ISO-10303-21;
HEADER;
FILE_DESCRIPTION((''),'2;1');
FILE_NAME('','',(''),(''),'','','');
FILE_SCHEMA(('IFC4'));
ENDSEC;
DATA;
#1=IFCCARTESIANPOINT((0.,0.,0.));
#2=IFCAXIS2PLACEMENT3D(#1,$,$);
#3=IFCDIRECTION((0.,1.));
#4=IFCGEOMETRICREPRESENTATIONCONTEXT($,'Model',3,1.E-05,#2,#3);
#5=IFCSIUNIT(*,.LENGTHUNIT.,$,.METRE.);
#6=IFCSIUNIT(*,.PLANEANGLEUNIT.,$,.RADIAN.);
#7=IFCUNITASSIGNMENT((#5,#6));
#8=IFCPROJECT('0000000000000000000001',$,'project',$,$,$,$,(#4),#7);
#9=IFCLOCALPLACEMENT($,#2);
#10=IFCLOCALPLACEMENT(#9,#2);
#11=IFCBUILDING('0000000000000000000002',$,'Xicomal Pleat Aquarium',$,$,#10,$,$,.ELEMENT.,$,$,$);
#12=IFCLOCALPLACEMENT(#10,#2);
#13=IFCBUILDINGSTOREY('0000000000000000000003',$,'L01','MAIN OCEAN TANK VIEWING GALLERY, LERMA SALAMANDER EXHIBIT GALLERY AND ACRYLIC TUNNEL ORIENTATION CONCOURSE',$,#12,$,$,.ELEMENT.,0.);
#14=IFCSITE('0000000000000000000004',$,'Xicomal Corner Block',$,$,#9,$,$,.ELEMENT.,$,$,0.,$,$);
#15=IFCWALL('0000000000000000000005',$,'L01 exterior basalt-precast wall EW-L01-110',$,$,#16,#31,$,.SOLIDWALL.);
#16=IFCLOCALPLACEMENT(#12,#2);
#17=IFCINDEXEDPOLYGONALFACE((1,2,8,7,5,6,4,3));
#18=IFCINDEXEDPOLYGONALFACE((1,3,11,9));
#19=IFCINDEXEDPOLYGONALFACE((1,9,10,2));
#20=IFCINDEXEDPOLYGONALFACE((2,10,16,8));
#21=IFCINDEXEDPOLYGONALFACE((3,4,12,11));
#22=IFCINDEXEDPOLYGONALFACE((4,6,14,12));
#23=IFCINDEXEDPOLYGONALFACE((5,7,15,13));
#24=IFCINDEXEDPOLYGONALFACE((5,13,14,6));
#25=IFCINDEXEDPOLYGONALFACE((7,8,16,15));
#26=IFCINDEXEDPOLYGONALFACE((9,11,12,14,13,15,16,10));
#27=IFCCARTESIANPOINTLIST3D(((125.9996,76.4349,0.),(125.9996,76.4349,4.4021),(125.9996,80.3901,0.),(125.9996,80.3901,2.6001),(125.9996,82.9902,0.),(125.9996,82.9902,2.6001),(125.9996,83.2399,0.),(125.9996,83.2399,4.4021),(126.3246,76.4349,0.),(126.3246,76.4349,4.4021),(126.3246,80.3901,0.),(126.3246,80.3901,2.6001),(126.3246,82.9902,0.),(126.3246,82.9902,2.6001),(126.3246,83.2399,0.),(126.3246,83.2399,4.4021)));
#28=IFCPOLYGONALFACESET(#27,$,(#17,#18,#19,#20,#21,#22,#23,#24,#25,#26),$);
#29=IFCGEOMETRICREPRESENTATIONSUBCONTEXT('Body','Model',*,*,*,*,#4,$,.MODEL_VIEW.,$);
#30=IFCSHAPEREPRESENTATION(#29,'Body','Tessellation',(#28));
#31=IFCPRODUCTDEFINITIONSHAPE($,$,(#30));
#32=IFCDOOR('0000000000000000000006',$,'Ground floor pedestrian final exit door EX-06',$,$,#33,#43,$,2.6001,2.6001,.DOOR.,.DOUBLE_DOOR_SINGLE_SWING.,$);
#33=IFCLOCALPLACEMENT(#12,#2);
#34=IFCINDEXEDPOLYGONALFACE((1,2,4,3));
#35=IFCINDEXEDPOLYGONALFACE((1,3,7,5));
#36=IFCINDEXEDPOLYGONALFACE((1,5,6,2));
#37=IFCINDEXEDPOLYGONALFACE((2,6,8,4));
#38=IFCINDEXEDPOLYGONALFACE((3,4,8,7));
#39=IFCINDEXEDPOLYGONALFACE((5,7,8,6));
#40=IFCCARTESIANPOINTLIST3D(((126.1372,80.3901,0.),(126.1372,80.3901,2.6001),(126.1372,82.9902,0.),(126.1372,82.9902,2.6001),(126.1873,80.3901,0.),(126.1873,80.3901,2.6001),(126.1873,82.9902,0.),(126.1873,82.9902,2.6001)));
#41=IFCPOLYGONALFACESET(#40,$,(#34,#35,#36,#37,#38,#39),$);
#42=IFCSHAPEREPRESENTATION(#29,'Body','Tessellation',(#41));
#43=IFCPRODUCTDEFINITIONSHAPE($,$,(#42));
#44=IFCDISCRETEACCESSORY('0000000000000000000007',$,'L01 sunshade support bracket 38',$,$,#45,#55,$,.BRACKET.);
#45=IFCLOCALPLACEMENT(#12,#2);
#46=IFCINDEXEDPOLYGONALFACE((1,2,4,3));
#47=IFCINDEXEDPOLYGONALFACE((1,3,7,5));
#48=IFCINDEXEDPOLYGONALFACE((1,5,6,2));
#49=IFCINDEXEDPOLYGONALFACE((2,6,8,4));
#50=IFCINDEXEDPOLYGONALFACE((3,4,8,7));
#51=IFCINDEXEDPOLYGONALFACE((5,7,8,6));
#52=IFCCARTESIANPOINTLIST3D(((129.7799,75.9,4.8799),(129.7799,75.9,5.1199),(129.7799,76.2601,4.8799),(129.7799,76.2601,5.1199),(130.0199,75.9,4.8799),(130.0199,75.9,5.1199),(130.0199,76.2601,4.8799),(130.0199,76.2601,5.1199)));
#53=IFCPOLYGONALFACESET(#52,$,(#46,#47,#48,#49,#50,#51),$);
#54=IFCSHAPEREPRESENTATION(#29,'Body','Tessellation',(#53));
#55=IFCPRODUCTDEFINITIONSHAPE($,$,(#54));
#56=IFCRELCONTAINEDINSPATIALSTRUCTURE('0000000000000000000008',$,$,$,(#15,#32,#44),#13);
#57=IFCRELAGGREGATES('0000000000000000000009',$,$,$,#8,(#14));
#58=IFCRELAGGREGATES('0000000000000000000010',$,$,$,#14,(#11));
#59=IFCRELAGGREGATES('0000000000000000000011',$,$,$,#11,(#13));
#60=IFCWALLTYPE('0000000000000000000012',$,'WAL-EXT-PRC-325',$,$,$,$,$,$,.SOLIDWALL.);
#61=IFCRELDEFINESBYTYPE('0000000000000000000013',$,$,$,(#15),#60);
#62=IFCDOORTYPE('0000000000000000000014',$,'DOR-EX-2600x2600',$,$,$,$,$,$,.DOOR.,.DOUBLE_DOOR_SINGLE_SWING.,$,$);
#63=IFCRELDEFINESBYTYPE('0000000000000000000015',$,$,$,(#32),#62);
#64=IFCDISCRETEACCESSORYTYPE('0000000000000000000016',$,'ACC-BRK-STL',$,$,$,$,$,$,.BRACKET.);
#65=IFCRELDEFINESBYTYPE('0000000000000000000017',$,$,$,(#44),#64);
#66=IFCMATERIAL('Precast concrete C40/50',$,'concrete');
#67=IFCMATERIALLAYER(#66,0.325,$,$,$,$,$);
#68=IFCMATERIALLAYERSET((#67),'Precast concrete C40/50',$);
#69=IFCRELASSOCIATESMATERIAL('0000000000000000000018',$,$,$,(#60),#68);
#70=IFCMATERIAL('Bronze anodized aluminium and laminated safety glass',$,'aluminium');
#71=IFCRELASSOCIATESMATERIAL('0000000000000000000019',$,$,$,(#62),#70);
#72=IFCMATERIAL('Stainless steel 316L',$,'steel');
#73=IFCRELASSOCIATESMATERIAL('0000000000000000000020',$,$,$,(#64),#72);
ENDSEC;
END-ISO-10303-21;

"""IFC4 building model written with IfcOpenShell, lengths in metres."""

from ifc_helpers import new_model, si_unit, direction, frame, frame_2d, origin, origin_2d, place, context, subcontext, project, spatial, rectangle, extrude, material, layer, layer_set, type_object, element, fill, save


model = new_model("IFC4")

# Units and contexts
model_context = context("Model", 3, precision=1e-05, world=origin(), true_north=direction((0.0, 1.0)))
body_context = subcontext(model_context, "Body", "Model", "MODEL_VIEW")
ifc_project = project(units=[si_unit("LENGTHUNIT", "METRE"), si_unit("PLANEANGLEUNIT", "RADIAN")], contexts=[model_context])

# Site, building, storey
site_placement = place(None, origin())
site = spatial("IfcSite", under=ifc_project, at=site_placement, Name="Xicomal Corner Block", CompositionType="ELEMENT", RefElevation=0.0)
building_placement = place(site_placement, origin())
building = spatial("IfcBuilding", under=site, at=building_placement, Name="Xicomal Pleat Aquarium", CompositionType="ELEMENT")
storey_placement = place(building_placement, origin())
storey = spatial("IfcBuildingStorey", under=building, at=storey_placement, Name="L01", Description="MAIN OCEAN TANK VIEWING GALLERY, LERMA SALAMANDER EXHIBIT GALLERY AND ACRYLIC TUNNEL ORIENTATION CONCOURSE", CompositionType="ELEMENT", Elevation=0.0)

# Wall, opening, door
ifc_material_1 = material(Name="Precast concrete C40/50", Category="concrete")
ifc_layer_1 = layer(ifc_material_1, 0.325)
ifc_layer_set_1 = layer_set([ifc_layer_1], Name="Precast concrete C40/50")
wall_type = type_object("IfcWallType", Name="WAL-EXT-PRC-325", PredefinedType="SOLIDWALL", material=ifc_layer_set_1)
wall_placement = place(storey_placement, frame((126.1621, 76.4351, 0.0), z_axis=(0.0, 0.0, 1.0), x_axis=(0.0, 1.0, 0.0)))
wall = element("IfcWall", 1, at=wall_placement, inside=storey, type_object=wall_type, Name="L01 exterior basalt-precast wall EW-L01-110", PredefinedType="SOLIDWALL", context=body_context, shape_type="SweptSolid", body=[
    extrude(rectangle(XDim=6.8049, YDim=0.325, at=frame_2d((3.4023, 0.0))), origin(), (0.0, 0.0, 1.0), 4.4021),
])
opening_placement = place(wall_placement, frame((3.9551, 0.0, 0.0)))
opening = element("IfcOpeningElement", 2, at=opening_placement, cuts=wall, PredefinedType="OPENING", context=body_context, shape_type="SweptSolid", body=[
    extrude(rectangle(XDim=2.6001, YDim=2.6001, at=frame_2d((1.3, 1.3))), frame((0.0, 0.1724, 0.0), z_axis=(0.0, -1.0, 0.0), x_axis=(1.0, 0.0, 0.0)), (0.0, 0.0, 1.0), 0.345),
])
ifc_material_2 = material(Name="Bronze anodized aluminium and laminated safety glass", Category="aluminium")
door_type = type_object("IfcDoorType", Name="DOR-EX-2600x2600", OperationType="DOUBLE_DOOR_SINGLE_SWING", PredefinedType="DOOR", material=ifc_material_2)
door_placement = place(opening_placement, origin())
door = element("IfcDoor", 3, at=door_placement, inside=storey, type_object=door_type, Name="Ground floor pedestrian final exit door EX-06", OperationType="DOUBLE_DOOR_SINGLE_SWING", OverallHeight=2.6001, OverallWidth=2.6001, PredefinedType="DOOR", context=body_context, shape_type="SweptSolid", body=[
    extrude(rectangle(XDim=2.6001, YDim=2.6001, at=frame_2d((1.3, 1.3))), frame((0.0, 0.0249, 0.0), z_axis=(0.0, -1.0, 0.0), x_axis=(1.0, 0.0, 0.0)), (0.0, 0.0, 1.0), 0.05),
])
fill(opening, door)

# Discrete accessory
ifc_material_3 = material(Name="Stainless steel 316L", Category="steel")
discrete_accessory_type = type_object("IfcDiscreteAccessoryType", Name="ACC-BRK-STL", PredefinedType="BRACKET", material=ifc_material_3)
discrete_accessory_placement = place(storey_placement, frame((129.8999, 76.0801, 4.8799), z_axis=(0.0, 0.0, 1.0), x_axis=(-1.0, 0.0, 0.0)))
element("IfcDiscreteAccessory", 4, at=discrete_accessory_placement, inside=storey, type_object=discrete_accessory_type, Name="L01 sunshade support bracket 38", PredefinedType="BRACKET", context=body_context, shape_type="SweptSolid", body=[
    extrude(rectangle(XDim=0.24, YDim=0.3601, at=origin_2d()), origin(), (0.0, 0.0, 1.0), 0.24),
])

save(model, "model.ifc")
